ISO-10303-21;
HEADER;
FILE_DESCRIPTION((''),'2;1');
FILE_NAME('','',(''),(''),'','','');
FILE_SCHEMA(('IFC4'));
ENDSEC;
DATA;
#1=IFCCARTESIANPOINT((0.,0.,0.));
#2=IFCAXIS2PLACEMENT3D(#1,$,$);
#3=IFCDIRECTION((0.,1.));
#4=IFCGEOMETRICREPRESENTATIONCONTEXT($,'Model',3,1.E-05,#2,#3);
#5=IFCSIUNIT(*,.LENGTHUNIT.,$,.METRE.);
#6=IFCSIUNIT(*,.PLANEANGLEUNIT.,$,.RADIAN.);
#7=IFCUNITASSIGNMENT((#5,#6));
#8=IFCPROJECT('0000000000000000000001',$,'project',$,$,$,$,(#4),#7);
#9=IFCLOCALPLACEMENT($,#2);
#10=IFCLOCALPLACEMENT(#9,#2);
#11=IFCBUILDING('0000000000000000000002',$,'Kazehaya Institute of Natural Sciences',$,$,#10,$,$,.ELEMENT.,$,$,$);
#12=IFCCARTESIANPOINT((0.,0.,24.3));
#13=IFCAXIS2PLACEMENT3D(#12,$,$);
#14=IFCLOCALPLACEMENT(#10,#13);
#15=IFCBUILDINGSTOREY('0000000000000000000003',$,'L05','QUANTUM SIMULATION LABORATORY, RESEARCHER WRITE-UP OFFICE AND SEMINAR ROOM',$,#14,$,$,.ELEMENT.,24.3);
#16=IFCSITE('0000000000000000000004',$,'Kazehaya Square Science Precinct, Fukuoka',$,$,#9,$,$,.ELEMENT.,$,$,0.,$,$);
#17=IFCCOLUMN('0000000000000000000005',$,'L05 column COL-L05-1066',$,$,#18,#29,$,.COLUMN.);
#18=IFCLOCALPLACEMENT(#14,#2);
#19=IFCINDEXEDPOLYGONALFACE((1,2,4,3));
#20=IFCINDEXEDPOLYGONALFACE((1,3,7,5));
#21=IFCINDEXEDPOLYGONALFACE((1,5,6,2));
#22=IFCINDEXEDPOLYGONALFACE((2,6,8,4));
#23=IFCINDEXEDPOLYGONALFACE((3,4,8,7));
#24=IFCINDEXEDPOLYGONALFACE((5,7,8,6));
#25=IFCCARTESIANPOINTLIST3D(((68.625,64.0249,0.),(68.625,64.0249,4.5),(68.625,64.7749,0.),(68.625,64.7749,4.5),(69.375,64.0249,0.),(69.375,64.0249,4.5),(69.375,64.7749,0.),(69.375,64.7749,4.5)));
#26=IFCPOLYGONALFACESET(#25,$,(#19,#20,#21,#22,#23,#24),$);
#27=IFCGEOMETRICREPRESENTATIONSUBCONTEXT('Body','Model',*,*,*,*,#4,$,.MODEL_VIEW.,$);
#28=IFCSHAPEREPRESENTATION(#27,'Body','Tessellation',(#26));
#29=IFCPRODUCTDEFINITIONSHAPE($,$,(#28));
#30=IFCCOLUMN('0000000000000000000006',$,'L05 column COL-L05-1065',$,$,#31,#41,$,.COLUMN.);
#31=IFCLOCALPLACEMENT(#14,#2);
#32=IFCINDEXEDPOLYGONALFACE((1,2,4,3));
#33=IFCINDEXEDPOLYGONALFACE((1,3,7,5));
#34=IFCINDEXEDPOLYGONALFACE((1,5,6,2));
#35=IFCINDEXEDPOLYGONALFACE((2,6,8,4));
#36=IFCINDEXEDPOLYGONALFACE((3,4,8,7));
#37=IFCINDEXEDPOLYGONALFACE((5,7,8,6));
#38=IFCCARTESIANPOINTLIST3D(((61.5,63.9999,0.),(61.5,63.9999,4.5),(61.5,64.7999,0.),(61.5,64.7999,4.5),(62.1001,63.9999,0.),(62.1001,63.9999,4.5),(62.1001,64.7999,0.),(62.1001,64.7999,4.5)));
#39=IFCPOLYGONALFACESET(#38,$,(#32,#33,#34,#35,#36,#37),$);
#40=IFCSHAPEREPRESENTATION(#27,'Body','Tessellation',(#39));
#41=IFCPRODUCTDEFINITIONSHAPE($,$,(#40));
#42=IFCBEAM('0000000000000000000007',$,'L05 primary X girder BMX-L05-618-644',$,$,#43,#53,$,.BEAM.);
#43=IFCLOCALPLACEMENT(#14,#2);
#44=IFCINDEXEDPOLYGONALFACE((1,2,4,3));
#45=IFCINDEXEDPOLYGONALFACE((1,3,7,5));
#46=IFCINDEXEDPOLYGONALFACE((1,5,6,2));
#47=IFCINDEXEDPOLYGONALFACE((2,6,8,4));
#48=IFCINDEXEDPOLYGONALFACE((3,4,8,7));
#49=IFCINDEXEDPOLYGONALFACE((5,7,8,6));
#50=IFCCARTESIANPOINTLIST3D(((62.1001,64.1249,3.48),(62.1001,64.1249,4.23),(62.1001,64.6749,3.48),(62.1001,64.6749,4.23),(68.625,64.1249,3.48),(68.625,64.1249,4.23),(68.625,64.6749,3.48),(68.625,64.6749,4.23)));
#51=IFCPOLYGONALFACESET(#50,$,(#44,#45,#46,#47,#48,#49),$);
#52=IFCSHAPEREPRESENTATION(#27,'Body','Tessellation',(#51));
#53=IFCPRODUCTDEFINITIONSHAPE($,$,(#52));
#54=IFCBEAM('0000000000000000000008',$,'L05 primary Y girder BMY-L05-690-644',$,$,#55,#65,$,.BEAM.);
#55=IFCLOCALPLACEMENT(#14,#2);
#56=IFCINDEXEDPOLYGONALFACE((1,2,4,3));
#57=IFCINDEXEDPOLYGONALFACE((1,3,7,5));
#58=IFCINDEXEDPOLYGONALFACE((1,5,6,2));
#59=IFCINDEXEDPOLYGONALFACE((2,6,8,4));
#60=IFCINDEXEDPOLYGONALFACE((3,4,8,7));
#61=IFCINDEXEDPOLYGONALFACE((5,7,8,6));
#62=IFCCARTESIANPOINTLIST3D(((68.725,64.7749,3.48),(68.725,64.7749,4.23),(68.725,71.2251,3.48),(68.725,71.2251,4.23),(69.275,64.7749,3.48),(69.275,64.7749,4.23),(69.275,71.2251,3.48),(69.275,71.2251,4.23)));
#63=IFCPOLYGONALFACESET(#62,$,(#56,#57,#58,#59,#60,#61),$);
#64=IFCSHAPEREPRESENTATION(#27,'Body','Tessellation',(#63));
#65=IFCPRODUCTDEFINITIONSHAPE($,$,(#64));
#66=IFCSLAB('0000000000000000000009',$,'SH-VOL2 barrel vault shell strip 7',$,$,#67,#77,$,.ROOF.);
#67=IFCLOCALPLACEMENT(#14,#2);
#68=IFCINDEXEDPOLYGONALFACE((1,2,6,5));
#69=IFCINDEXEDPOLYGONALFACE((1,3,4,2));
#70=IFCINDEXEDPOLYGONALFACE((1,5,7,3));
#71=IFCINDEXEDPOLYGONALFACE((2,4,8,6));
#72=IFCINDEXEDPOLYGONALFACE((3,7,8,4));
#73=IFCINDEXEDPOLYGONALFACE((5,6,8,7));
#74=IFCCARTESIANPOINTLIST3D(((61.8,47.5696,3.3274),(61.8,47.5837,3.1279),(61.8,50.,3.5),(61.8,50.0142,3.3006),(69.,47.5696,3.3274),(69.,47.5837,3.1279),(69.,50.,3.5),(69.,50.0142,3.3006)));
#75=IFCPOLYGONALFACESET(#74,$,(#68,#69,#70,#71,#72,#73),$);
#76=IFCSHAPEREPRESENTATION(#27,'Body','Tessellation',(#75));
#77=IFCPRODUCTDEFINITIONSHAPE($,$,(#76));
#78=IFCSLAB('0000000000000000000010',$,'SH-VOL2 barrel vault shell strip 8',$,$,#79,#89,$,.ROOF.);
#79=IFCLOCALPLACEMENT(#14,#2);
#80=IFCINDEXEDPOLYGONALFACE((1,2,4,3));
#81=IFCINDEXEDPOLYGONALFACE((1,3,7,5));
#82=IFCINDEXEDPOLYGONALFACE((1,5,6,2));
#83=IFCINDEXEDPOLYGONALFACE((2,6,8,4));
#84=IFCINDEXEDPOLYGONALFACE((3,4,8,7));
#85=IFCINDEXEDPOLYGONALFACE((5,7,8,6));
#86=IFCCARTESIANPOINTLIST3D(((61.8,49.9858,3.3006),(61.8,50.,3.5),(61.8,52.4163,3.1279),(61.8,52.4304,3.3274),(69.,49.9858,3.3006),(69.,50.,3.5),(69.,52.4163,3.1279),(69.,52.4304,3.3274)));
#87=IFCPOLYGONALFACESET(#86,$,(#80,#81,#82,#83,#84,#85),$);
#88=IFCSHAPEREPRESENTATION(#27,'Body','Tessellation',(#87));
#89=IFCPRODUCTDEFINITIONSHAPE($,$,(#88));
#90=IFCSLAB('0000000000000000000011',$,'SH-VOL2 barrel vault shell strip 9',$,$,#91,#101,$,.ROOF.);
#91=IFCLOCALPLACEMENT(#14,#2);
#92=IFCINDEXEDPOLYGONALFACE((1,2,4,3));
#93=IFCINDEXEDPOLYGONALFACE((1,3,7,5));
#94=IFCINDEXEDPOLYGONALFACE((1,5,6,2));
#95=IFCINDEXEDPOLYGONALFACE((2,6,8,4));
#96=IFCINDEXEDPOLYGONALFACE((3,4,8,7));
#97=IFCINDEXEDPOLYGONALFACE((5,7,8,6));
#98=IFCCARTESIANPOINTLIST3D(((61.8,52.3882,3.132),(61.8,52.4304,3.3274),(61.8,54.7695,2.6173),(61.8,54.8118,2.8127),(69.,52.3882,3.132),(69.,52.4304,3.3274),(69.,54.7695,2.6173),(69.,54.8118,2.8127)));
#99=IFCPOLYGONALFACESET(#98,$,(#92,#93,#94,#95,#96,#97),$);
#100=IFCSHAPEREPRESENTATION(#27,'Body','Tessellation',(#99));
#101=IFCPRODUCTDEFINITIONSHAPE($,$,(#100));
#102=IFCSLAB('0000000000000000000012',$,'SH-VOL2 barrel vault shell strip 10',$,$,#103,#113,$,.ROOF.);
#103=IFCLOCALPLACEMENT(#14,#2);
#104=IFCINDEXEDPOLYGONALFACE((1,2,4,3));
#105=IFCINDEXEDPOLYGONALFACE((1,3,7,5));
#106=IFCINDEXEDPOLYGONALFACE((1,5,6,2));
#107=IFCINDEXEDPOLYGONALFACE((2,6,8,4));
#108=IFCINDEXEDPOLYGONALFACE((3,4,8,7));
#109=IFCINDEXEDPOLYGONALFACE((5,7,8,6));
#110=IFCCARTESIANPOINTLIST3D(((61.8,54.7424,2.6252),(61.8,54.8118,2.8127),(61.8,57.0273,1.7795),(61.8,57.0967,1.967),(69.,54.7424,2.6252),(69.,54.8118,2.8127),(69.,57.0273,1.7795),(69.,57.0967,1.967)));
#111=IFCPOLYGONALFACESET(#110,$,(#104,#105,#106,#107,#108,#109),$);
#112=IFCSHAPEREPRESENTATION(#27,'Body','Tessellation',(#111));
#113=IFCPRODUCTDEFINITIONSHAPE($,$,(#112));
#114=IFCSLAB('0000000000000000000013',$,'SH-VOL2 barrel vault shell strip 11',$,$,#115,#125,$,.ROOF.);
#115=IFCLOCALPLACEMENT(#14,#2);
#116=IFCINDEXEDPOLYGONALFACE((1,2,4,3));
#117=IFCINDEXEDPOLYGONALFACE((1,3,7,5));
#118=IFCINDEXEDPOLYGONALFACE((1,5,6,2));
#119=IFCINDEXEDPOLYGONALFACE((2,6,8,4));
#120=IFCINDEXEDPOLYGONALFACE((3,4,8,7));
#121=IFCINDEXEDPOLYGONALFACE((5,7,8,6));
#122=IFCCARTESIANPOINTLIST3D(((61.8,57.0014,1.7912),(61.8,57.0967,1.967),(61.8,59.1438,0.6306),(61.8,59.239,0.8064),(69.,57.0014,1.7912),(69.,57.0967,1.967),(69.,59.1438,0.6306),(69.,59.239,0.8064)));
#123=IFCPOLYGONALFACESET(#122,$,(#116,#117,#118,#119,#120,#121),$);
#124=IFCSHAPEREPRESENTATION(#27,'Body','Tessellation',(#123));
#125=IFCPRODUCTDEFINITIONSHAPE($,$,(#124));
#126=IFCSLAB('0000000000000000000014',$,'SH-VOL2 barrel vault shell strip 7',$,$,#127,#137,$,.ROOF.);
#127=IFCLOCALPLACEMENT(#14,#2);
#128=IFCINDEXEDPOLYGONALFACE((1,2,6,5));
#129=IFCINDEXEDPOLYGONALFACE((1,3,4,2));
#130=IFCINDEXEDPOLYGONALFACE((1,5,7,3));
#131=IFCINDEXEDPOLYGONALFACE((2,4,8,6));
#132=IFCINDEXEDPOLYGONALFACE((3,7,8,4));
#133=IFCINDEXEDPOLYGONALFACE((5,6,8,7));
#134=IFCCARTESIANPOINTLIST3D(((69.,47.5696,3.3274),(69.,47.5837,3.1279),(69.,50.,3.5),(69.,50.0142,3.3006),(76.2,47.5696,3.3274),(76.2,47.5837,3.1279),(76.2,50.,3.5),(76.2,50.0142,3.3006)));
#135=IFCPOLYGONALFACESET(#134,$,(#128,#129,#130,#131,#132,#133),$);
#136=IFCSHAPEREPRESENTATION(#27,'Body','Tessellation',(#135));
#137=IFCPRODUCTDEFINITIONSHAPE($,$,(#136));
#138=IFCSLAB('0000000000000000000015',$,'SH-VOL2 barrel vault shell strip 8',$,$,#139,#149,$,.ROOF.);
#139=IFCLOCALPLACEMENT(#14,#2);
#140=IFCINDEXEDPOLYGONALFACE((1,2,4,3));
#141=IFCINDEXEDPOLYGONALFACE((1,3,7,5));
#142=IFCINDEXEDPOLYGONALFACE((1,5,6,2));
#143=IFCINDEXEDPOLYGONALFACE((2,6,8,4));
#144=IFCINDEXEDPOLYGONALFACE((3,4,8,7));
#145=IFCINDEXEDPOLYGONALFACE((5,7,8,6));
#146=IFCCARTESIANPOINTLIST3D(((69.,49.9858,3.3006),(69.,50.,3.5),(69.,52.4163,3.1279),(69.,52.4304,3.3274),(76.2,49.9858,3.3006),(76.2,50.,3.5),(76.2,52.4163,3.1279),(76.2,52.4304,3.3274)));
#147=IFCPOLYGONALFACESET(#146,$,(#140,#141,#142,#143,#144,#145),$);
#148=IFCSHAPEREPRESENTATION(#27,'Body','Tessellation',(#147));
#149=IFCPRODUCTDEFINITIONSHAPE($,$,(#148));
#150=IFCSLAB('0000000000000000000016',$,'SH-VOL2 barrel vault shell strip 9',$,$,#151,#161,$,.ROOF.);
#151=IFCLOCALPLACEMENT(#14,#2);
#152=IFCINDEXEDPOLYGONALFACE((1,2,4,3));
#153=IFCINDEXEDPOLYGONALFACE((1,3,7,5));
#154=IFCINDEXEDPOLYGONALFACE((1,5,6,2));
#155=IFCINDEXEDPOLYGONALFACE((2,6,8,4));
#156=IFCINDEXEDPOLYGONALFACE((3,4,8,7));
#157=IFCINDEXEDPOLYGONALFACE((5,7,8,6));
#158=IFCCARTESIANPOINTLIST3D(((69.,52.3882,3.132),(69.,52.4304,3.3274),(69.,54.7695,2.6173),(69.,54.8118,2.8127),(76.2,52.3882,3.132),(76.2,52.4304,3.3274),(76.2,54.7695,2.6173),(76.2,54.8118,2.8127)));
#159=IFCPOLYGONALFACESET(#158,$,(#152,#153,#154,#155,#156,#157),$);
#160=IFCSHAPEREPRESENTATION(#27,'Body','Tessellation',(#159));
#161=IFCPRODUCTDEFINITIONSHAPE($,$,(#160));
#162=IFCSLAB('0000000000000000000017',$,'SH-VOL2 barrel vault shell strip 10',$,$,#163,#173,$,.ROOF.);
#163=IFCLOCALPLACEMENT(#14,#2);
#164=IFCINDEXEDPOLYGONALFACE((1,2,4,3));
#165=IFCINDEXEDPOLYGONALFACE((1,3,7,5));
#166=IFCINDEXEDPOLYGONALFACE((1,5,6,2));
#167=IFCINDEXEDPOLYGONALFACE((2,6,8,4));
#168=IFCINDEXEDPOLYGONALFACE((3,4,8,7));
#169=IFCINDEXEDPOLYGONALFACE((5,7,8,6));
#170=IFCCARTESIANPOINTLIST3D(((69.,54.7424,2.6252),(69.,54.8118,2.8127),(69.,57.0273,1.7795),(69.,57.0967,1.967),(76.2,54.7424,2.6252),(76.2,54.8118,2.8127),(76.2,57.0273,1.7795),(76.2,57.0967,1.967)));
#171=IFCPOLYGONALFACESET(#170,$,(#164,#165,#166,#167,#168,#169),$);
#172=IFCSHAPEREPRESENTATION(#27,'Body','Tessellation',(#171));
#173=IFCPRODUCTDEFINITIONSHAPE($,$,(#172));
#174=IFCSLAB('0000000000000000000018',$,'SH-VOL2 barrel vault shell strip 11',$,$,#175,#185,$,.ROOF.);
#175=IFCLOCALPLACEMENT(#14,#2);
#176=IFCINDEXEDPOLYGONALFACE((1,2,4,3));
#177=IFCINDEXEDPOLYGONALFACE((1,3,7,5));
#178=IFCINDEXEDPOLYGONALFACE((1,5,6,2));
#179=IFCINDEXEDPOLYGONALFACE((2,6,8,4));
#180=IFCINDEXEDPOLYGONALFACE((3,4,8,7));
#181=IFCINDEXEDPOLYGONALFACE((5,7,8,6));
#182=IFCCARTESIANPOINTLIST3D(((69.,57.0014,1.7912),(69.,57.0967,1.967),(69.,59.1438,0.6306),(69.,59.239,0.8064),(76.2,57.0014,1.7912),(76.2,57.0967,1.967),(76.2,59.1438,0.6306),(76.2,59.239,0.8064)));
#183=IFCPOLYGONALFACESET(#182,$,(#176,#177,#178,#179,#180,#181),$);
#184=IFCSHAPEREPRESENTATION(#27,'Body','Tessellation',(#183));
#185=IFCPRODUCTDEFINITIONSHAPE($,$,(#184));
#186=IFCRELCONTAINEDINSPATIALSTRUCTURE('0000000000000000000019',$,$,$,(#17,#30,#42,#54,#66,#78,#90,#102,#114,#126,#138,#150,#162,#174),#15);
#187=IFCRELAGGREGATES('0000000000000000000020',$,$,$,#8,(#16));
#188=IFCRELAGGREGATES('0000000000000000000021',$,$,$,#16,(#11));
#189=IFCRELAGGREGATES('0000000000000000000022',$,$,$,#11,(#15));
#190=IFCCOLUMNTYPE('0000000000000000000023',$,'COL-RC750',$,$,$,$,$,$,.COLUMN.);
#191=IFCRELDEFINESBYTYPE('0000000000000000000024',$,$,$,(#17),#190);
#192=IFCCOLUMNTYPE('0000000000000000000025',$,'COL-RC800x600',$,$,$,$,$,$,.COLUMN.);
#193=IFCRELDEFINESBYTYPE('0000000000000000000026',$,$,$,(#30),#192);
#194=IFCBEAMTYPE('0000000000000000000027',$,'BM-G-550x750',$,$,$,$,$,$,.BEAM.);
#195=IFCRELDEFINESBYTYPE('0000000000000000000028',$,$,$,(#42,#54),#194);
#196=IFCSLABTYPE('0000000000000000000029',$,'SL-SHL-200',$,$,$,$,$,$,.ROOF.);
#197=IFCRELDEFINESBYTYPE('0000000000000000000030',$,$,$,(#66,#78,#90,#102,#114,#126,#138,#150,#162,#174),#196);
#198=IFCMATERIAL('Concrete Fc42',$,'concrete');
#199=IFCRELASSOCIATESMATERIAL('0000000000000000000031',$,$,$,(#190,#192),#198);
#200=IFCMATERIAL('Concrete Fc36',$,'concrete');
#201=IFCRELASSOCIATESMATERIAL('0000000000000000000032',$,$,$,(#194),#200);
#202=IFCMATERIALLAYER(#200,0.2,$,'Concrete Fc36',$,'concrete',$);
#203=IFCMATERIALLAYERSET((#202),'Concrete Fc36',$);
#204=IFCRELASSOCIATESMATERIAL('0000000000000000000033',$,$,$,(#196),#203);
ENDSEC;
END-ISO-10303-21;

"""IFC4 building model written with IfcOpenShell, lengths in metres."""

from ifc_helpers import new_model, si_unit, direction, frame, origin, origin_2d, place, context, subcontext, project, spatial, polyline, rectangle, outline, extrude, material, layer, layer_set, material_profile, profile_set, type_object, element, save


model = new_model("IFC4")

# Units and contexts
model_context = context("Model", 3, precision=1e-05, world=origin(), true_north=direction((0.0, 1.0)))
body_context = subcontext(model_context, "Body", "Model", "MODEL_VIEW")
ifc_project = project(units=[si_unit("LENGTHUNIT", "METRE"), si_unit("PLANEANGLEUNIT", "RADIAN")], contexts=[model_context])

# Site, building, storey
site_placement = place(None, origin())
site = spatial("IfcSite", under=ifc_project, at=site_placement, Name="Kazehaya Square Science Precinct, Fukuoka", CompositionType="ELEMENT", RefElevation=0.0)
building_placement = place(site_placement, origin())
building = spatial("IfcBuilding", under=site, at=building_placement, Name="Kazehaya Institute of Natural Sciences", CompositionType="ELEMENT")
storey_placement = place(building_placement, frame((0.0, 0.0, 24.3)))
storey = spatial("IfcBuildingStorey", under=building, at=storey_placement, Name="L05", Description="QUANTUM SIMULATION LABORATORY, RESEARCHER WRITE-UP OFFICE AND SEMINAR ROOM", CompositionType="ELEMENT", Elevation=24.3)

# Columns
ifc_material_1 = material(Name="Concrete Fc42", Category="concrete")
ifc_material_profile_1 = material_profile(ifc_material_1, rectangle(XDim=0.75, YDim=0.75, at=origin_2d()), Name="RC-750x750")
ifc_profile_set_1 = profile_set([ifc_material_profile_1], Name="Concrete Fc42")
column_type_1 = type_object("IfcColumnType", Name="COL-RC750", PredefinedType="COLUMN", material=ifc_profile_set_1)
column_1_placement = place(storey_placement, frame((69.0, 64.3999, 0.0), z_axis=(0.0, 0.0, 1.0), x_axis=(1.0, 0.0, 0.0)))
element("IfcColumn", 1, at=column_1_placement, inside=storey, type_object=column_type_1, Name="L05 column COL-L05-1066", PredefinedType="COLUMN", context=body_context, shape_type="SweptSolid", body=[
    extrude(rectangle(XDim=0.75, YDim=0.75, at=origin_2d()), origin(), (0.0, 0.0, 1.0), 4.5),
])
ifc_material_profile_2 = material_profile(ifc_material_1, rectangle(XDim=0.6001, YDim=0.8, at=origin_2d()), Name="RC-800x600")
ifc_profile_set_2 = profile_set([ifc_material_profile_2], Name="Concrete Fc42")
column_type_2 = type_object("IfcColumnType", Name="COL-RC800x600", PredefinedType="COLUMN", material=ifc_profile_set_2)
column_2_placement = place(storey_placement, frame((61.8, 64.3999, 0.0), z_axis=(0.0, 0.0, 1.0), x_axis=(1.0, 0.0, 0.0)))
element("IfcColumn", 2, at=column_2_placement, inside=storey, type_object=column_type_2, Name="L05 column COL-L05-1065", PredefinedType="COLUMN", context=body_context, shape_type="SweptSolid", body=[
    extrude(rectangle(XDim=0.6001, YDim=0.8, at=origin_2d()), origin(), (0.0, 0.0, 1.0), 4.5),
])

# Beams
ifc_material_2 = material(Name="Concrete Fc36", Category="concrete")
ifc_material_profile_3 = material_profile(ifc_material_2, rectangle(XDim=0.55, YDim=0.75, at=origin_2d()), Name="RC-550x750")
ifc_profile_set_3 = profile_set([ifc_material_profile_3], Name="Concrete Fc36")
beam_type = type_object("IfcBeamType", Name="BM-G-550x750", PredefinedType="BEAM", material=ifc_profile_set_3)
beam_1_placement = place(storey_placement, frame((62.1001, 64.3999, 3.855), z_axis=(1.0, 0.0, 0.0), x_axis=(0.0, 1.0, 0.0)))
element("IfcBeam", 3, at=beam_1_placement, inside=storey, type_object=beam_type, Name="L05 primary X girder BMX-L05-618-644", PredefinedType="BEAM", context=body_context, shape_type="SweptSolid", body=[
    extrude(rectangle(XDim=0.55, YDim=0.75, at=origin_2d()), origin(), (0.0, 0.0, 1.0), 6.5249),
])
beam_2_placement = place(storey_placement, frame((69.0, 64.7749, 3.855), z_axis=(0.0, 1.0, 0.0), x_axis=(-1.0, 0.0, 0.0)))
element("IfcBeam", 4, at=beam_2_placement, inside=storey, type_object=beam_type, Name="L05 primary Y girder BMY-L05-690-644", PredefinedType="BEAM", context=body_context, shape_type="SweptSolid", body=[
    extrude(rectangle(XDim=0.55, YDim=0.75, at=origin_2d()), origin(), (0.0, 0.0, 1.0), 6.4502),
])

# Slabs
ifc_layer_1 = layer(ifc_material_2, 0.2, Name="Concrete Fc36", Category="concrete")
ifc_layer_set_1 = layer_set([ifc_layer_1], Name="Concrete Fc36")
slab_type = type_object("IfcSlabType", Name="SL-SHL-200", PredefinedType="ROOF", material=ifc_layer_set_1)
for number, where, z_axis, x_axis, name in (
    (5, (61.8, 47.5696, 3.3274), (0.0, -0.070841, 0.997488), (1.0, 0.0, 0.0), "SH-VOL2 barrel vault shell strip 7"),
    (6, (61.8, 50.0, 3.5), (0.0, 0.070841, 0.997488), (1.0, 0.0, 0.0), "SH-VOL2 barrel vault shell strip 8"),
):
    element("IfcSlab", number, at=place(storey_placement, frame(where, z_axis=z_axis, x_axis=x_axis)), inside=storey, type_object=slab_type, Name=name, PredefinedType="ROOF", context=body_context, shape_type="SweptSolid", body=[
        extrude(outline(polyline([(0.0, 0.0), (7.2, 0.0), (7.2, 2.4365), (0.0, 2.4365), (0.0, 0.0)])), origin(), (0.0, 0.0, -1.0), 0.2),
    ])
slab_1_placement = place(storey_placement, frame((61.8, 52.4304, 3.3274), z_axis=(0.0, 0.21124, 0.977434), x_axis=(1.0, 0.0, 0.0)))
element("IfcSlab", 7, at=slab_1_placement, inside=storey, type_object=slab_type, Name="SH-VOL2 barrel vault shell strip 9", PredefinedType="ROOF", context=body_context, shape_type="SweptSolid", body=[
    extrude(outline(polyline([(0.0, 0.0), (7.2, 0.0), (7.2, 2.4363), (0.0, 2.4363), (0.0, 0.0)])), origin(), (0.0, 0.0, -1.0), 0.2),
])
slab_2_placement = place(storey_placement, frame((61.8, 54.8118, 2.8127), z_axis=(0.0, 0.347112, 0.937824), x_axis=(1.0, 0.0, 0.0)))
element("IfcSlab", 8, at=slab_2_placement, inside=storey, type_object=slab_type, Name="SH-VOL2 barrel vault shell strip 10", PredefinedType="ROOF", context=body_context, shape_type="SweptSolid", body=[
    extrude(outline(polyline([(0.0, 0.0), (7.2, 0.0), (7.2, 2.4364), (0.0, 2.4364), (0.0, 0.0)])), origin(), (0.0, 0.0, -1.0), 0.2),
])
slab_3_placement = place(storey_placement, frame((61.8, 57.0967, 1.967), z_axis=(0.0, 0.476351, 0.879255), x_axis=(1.0, 0.0, 0.0)))
element("IfcSlab", 9, at=slab_3_placement, inside=storey, type_object=slab_type, Name="SH-VOL2 barrel vault shell strip 11", PredefinedType="ROOF", context=body_context, shape_type="SweptSolid", body=[
    extrude(outline(polyline([(0.0, 0.0), (7.2, 0.0), (7.2, 2.4365), (0.0, 2.4365), (0.0, 0.0)])), origin(), (0.0, 0.0, -1.0), 0.2),
])
for number, where, z_axis, x_axis, name in (
    (10, (69.0, 47.5696, 3.3274), (0.0, -0.070841, 0.997488), (1.0, 0.0, 0.0), "SH-VOL2 barrel vault shell strip 7"),
    (11, (69.0, 50.0, 3.5), (0.0, 0.070841, 0.997488), (1.0, 0.0, 0.0), "SH-VOL2 barrel vault shell strip 8"),
):
    element("IfcSlab", number, at=place(storey_placement, frame(where, z_axis=z_axis, x_axis=x_axis)), inside=storey, type_object=slab_type, Name=name, PredefinedType="ROOF", context=body_context, shape_type="SweptSolid", body=[
        extrude(outline(polyline([(0.0, 0.0), (7.2, 0.0), (7.2, 2.4365), (0.0, 2.4365), (0.0, 0.0)])), origin(), (0.0, 0.0, -1.0), 0.2),
    ])
slab_4_placement = place(storey_placement, frame((69.0, 52.4304, 3.3274), z_axis=(0.0, 0.21124, 0.977434), x_axis=(1.0, 0.0, 0.0)))
element("IfcSlab", 12, at=slab_4_placement, inside=storey, type_object=slab_type, Name="SH-VOL2 barrel vault shell strip 9", PredefinedType="ROOF", context=body_context, shape_type="SweptSolid", body=[
    extrude(outline(polyline([(0.0, 0.0), (7.2, 0.0), (7.2, 2.4363), (0.0, 2.4363), (0.0, 0.0)])), origin(), (0.0, 0.0, -1.0), 0.2),
])
slab_5_placement = place(storey_placement, frame((69.0, 54.8118, 2.8127), z_axis=(0.0, 0.347112, 0.937824), x_axis=(1.0, 0.0, 0.0)))
element("IfcSlab", 13, at=slab_5_placement, inside=storey, type_object=slab_type, Name="SH-VOL2 barrel vault shell strip 10", PredefinedType="ROOF", context=body_context, shape_type="SweptSolid", body=[
    extrude(outline(polyline([(0.0, 0.0), (7.2, 0.0), (7.2, 2.4364), (0.0, 2.4364), (0.0, 0.0)])), origin(), (0.0, 0.0, -1.0), 0.2),
])
slab_6_placement = place(storey_placement, frame((69.0, 57.0967, 1.967), z_axis=(0.0, 0.476351, 0.879255), x_axis=(1.0, 0.0, 0.0)))
element("IfcSlab", 14, at=slab_6_placement, inside=storey, type_object=slab_type, Name="SH-VOL2 barrel vault shell strip 11", PredefinedType="ROOF", context=body_context, shape_type="SweptSolid", body=[
    extrude(outline(polyline([(0.0, 0.0), (7.2, 0.0), (7.2, 2.4365), (0.0, 2.4365), (0.0, 0.0)])), origin(), (0.0, 0.0, -1.0), 0.2),
])

save(model, "model.ifc")
